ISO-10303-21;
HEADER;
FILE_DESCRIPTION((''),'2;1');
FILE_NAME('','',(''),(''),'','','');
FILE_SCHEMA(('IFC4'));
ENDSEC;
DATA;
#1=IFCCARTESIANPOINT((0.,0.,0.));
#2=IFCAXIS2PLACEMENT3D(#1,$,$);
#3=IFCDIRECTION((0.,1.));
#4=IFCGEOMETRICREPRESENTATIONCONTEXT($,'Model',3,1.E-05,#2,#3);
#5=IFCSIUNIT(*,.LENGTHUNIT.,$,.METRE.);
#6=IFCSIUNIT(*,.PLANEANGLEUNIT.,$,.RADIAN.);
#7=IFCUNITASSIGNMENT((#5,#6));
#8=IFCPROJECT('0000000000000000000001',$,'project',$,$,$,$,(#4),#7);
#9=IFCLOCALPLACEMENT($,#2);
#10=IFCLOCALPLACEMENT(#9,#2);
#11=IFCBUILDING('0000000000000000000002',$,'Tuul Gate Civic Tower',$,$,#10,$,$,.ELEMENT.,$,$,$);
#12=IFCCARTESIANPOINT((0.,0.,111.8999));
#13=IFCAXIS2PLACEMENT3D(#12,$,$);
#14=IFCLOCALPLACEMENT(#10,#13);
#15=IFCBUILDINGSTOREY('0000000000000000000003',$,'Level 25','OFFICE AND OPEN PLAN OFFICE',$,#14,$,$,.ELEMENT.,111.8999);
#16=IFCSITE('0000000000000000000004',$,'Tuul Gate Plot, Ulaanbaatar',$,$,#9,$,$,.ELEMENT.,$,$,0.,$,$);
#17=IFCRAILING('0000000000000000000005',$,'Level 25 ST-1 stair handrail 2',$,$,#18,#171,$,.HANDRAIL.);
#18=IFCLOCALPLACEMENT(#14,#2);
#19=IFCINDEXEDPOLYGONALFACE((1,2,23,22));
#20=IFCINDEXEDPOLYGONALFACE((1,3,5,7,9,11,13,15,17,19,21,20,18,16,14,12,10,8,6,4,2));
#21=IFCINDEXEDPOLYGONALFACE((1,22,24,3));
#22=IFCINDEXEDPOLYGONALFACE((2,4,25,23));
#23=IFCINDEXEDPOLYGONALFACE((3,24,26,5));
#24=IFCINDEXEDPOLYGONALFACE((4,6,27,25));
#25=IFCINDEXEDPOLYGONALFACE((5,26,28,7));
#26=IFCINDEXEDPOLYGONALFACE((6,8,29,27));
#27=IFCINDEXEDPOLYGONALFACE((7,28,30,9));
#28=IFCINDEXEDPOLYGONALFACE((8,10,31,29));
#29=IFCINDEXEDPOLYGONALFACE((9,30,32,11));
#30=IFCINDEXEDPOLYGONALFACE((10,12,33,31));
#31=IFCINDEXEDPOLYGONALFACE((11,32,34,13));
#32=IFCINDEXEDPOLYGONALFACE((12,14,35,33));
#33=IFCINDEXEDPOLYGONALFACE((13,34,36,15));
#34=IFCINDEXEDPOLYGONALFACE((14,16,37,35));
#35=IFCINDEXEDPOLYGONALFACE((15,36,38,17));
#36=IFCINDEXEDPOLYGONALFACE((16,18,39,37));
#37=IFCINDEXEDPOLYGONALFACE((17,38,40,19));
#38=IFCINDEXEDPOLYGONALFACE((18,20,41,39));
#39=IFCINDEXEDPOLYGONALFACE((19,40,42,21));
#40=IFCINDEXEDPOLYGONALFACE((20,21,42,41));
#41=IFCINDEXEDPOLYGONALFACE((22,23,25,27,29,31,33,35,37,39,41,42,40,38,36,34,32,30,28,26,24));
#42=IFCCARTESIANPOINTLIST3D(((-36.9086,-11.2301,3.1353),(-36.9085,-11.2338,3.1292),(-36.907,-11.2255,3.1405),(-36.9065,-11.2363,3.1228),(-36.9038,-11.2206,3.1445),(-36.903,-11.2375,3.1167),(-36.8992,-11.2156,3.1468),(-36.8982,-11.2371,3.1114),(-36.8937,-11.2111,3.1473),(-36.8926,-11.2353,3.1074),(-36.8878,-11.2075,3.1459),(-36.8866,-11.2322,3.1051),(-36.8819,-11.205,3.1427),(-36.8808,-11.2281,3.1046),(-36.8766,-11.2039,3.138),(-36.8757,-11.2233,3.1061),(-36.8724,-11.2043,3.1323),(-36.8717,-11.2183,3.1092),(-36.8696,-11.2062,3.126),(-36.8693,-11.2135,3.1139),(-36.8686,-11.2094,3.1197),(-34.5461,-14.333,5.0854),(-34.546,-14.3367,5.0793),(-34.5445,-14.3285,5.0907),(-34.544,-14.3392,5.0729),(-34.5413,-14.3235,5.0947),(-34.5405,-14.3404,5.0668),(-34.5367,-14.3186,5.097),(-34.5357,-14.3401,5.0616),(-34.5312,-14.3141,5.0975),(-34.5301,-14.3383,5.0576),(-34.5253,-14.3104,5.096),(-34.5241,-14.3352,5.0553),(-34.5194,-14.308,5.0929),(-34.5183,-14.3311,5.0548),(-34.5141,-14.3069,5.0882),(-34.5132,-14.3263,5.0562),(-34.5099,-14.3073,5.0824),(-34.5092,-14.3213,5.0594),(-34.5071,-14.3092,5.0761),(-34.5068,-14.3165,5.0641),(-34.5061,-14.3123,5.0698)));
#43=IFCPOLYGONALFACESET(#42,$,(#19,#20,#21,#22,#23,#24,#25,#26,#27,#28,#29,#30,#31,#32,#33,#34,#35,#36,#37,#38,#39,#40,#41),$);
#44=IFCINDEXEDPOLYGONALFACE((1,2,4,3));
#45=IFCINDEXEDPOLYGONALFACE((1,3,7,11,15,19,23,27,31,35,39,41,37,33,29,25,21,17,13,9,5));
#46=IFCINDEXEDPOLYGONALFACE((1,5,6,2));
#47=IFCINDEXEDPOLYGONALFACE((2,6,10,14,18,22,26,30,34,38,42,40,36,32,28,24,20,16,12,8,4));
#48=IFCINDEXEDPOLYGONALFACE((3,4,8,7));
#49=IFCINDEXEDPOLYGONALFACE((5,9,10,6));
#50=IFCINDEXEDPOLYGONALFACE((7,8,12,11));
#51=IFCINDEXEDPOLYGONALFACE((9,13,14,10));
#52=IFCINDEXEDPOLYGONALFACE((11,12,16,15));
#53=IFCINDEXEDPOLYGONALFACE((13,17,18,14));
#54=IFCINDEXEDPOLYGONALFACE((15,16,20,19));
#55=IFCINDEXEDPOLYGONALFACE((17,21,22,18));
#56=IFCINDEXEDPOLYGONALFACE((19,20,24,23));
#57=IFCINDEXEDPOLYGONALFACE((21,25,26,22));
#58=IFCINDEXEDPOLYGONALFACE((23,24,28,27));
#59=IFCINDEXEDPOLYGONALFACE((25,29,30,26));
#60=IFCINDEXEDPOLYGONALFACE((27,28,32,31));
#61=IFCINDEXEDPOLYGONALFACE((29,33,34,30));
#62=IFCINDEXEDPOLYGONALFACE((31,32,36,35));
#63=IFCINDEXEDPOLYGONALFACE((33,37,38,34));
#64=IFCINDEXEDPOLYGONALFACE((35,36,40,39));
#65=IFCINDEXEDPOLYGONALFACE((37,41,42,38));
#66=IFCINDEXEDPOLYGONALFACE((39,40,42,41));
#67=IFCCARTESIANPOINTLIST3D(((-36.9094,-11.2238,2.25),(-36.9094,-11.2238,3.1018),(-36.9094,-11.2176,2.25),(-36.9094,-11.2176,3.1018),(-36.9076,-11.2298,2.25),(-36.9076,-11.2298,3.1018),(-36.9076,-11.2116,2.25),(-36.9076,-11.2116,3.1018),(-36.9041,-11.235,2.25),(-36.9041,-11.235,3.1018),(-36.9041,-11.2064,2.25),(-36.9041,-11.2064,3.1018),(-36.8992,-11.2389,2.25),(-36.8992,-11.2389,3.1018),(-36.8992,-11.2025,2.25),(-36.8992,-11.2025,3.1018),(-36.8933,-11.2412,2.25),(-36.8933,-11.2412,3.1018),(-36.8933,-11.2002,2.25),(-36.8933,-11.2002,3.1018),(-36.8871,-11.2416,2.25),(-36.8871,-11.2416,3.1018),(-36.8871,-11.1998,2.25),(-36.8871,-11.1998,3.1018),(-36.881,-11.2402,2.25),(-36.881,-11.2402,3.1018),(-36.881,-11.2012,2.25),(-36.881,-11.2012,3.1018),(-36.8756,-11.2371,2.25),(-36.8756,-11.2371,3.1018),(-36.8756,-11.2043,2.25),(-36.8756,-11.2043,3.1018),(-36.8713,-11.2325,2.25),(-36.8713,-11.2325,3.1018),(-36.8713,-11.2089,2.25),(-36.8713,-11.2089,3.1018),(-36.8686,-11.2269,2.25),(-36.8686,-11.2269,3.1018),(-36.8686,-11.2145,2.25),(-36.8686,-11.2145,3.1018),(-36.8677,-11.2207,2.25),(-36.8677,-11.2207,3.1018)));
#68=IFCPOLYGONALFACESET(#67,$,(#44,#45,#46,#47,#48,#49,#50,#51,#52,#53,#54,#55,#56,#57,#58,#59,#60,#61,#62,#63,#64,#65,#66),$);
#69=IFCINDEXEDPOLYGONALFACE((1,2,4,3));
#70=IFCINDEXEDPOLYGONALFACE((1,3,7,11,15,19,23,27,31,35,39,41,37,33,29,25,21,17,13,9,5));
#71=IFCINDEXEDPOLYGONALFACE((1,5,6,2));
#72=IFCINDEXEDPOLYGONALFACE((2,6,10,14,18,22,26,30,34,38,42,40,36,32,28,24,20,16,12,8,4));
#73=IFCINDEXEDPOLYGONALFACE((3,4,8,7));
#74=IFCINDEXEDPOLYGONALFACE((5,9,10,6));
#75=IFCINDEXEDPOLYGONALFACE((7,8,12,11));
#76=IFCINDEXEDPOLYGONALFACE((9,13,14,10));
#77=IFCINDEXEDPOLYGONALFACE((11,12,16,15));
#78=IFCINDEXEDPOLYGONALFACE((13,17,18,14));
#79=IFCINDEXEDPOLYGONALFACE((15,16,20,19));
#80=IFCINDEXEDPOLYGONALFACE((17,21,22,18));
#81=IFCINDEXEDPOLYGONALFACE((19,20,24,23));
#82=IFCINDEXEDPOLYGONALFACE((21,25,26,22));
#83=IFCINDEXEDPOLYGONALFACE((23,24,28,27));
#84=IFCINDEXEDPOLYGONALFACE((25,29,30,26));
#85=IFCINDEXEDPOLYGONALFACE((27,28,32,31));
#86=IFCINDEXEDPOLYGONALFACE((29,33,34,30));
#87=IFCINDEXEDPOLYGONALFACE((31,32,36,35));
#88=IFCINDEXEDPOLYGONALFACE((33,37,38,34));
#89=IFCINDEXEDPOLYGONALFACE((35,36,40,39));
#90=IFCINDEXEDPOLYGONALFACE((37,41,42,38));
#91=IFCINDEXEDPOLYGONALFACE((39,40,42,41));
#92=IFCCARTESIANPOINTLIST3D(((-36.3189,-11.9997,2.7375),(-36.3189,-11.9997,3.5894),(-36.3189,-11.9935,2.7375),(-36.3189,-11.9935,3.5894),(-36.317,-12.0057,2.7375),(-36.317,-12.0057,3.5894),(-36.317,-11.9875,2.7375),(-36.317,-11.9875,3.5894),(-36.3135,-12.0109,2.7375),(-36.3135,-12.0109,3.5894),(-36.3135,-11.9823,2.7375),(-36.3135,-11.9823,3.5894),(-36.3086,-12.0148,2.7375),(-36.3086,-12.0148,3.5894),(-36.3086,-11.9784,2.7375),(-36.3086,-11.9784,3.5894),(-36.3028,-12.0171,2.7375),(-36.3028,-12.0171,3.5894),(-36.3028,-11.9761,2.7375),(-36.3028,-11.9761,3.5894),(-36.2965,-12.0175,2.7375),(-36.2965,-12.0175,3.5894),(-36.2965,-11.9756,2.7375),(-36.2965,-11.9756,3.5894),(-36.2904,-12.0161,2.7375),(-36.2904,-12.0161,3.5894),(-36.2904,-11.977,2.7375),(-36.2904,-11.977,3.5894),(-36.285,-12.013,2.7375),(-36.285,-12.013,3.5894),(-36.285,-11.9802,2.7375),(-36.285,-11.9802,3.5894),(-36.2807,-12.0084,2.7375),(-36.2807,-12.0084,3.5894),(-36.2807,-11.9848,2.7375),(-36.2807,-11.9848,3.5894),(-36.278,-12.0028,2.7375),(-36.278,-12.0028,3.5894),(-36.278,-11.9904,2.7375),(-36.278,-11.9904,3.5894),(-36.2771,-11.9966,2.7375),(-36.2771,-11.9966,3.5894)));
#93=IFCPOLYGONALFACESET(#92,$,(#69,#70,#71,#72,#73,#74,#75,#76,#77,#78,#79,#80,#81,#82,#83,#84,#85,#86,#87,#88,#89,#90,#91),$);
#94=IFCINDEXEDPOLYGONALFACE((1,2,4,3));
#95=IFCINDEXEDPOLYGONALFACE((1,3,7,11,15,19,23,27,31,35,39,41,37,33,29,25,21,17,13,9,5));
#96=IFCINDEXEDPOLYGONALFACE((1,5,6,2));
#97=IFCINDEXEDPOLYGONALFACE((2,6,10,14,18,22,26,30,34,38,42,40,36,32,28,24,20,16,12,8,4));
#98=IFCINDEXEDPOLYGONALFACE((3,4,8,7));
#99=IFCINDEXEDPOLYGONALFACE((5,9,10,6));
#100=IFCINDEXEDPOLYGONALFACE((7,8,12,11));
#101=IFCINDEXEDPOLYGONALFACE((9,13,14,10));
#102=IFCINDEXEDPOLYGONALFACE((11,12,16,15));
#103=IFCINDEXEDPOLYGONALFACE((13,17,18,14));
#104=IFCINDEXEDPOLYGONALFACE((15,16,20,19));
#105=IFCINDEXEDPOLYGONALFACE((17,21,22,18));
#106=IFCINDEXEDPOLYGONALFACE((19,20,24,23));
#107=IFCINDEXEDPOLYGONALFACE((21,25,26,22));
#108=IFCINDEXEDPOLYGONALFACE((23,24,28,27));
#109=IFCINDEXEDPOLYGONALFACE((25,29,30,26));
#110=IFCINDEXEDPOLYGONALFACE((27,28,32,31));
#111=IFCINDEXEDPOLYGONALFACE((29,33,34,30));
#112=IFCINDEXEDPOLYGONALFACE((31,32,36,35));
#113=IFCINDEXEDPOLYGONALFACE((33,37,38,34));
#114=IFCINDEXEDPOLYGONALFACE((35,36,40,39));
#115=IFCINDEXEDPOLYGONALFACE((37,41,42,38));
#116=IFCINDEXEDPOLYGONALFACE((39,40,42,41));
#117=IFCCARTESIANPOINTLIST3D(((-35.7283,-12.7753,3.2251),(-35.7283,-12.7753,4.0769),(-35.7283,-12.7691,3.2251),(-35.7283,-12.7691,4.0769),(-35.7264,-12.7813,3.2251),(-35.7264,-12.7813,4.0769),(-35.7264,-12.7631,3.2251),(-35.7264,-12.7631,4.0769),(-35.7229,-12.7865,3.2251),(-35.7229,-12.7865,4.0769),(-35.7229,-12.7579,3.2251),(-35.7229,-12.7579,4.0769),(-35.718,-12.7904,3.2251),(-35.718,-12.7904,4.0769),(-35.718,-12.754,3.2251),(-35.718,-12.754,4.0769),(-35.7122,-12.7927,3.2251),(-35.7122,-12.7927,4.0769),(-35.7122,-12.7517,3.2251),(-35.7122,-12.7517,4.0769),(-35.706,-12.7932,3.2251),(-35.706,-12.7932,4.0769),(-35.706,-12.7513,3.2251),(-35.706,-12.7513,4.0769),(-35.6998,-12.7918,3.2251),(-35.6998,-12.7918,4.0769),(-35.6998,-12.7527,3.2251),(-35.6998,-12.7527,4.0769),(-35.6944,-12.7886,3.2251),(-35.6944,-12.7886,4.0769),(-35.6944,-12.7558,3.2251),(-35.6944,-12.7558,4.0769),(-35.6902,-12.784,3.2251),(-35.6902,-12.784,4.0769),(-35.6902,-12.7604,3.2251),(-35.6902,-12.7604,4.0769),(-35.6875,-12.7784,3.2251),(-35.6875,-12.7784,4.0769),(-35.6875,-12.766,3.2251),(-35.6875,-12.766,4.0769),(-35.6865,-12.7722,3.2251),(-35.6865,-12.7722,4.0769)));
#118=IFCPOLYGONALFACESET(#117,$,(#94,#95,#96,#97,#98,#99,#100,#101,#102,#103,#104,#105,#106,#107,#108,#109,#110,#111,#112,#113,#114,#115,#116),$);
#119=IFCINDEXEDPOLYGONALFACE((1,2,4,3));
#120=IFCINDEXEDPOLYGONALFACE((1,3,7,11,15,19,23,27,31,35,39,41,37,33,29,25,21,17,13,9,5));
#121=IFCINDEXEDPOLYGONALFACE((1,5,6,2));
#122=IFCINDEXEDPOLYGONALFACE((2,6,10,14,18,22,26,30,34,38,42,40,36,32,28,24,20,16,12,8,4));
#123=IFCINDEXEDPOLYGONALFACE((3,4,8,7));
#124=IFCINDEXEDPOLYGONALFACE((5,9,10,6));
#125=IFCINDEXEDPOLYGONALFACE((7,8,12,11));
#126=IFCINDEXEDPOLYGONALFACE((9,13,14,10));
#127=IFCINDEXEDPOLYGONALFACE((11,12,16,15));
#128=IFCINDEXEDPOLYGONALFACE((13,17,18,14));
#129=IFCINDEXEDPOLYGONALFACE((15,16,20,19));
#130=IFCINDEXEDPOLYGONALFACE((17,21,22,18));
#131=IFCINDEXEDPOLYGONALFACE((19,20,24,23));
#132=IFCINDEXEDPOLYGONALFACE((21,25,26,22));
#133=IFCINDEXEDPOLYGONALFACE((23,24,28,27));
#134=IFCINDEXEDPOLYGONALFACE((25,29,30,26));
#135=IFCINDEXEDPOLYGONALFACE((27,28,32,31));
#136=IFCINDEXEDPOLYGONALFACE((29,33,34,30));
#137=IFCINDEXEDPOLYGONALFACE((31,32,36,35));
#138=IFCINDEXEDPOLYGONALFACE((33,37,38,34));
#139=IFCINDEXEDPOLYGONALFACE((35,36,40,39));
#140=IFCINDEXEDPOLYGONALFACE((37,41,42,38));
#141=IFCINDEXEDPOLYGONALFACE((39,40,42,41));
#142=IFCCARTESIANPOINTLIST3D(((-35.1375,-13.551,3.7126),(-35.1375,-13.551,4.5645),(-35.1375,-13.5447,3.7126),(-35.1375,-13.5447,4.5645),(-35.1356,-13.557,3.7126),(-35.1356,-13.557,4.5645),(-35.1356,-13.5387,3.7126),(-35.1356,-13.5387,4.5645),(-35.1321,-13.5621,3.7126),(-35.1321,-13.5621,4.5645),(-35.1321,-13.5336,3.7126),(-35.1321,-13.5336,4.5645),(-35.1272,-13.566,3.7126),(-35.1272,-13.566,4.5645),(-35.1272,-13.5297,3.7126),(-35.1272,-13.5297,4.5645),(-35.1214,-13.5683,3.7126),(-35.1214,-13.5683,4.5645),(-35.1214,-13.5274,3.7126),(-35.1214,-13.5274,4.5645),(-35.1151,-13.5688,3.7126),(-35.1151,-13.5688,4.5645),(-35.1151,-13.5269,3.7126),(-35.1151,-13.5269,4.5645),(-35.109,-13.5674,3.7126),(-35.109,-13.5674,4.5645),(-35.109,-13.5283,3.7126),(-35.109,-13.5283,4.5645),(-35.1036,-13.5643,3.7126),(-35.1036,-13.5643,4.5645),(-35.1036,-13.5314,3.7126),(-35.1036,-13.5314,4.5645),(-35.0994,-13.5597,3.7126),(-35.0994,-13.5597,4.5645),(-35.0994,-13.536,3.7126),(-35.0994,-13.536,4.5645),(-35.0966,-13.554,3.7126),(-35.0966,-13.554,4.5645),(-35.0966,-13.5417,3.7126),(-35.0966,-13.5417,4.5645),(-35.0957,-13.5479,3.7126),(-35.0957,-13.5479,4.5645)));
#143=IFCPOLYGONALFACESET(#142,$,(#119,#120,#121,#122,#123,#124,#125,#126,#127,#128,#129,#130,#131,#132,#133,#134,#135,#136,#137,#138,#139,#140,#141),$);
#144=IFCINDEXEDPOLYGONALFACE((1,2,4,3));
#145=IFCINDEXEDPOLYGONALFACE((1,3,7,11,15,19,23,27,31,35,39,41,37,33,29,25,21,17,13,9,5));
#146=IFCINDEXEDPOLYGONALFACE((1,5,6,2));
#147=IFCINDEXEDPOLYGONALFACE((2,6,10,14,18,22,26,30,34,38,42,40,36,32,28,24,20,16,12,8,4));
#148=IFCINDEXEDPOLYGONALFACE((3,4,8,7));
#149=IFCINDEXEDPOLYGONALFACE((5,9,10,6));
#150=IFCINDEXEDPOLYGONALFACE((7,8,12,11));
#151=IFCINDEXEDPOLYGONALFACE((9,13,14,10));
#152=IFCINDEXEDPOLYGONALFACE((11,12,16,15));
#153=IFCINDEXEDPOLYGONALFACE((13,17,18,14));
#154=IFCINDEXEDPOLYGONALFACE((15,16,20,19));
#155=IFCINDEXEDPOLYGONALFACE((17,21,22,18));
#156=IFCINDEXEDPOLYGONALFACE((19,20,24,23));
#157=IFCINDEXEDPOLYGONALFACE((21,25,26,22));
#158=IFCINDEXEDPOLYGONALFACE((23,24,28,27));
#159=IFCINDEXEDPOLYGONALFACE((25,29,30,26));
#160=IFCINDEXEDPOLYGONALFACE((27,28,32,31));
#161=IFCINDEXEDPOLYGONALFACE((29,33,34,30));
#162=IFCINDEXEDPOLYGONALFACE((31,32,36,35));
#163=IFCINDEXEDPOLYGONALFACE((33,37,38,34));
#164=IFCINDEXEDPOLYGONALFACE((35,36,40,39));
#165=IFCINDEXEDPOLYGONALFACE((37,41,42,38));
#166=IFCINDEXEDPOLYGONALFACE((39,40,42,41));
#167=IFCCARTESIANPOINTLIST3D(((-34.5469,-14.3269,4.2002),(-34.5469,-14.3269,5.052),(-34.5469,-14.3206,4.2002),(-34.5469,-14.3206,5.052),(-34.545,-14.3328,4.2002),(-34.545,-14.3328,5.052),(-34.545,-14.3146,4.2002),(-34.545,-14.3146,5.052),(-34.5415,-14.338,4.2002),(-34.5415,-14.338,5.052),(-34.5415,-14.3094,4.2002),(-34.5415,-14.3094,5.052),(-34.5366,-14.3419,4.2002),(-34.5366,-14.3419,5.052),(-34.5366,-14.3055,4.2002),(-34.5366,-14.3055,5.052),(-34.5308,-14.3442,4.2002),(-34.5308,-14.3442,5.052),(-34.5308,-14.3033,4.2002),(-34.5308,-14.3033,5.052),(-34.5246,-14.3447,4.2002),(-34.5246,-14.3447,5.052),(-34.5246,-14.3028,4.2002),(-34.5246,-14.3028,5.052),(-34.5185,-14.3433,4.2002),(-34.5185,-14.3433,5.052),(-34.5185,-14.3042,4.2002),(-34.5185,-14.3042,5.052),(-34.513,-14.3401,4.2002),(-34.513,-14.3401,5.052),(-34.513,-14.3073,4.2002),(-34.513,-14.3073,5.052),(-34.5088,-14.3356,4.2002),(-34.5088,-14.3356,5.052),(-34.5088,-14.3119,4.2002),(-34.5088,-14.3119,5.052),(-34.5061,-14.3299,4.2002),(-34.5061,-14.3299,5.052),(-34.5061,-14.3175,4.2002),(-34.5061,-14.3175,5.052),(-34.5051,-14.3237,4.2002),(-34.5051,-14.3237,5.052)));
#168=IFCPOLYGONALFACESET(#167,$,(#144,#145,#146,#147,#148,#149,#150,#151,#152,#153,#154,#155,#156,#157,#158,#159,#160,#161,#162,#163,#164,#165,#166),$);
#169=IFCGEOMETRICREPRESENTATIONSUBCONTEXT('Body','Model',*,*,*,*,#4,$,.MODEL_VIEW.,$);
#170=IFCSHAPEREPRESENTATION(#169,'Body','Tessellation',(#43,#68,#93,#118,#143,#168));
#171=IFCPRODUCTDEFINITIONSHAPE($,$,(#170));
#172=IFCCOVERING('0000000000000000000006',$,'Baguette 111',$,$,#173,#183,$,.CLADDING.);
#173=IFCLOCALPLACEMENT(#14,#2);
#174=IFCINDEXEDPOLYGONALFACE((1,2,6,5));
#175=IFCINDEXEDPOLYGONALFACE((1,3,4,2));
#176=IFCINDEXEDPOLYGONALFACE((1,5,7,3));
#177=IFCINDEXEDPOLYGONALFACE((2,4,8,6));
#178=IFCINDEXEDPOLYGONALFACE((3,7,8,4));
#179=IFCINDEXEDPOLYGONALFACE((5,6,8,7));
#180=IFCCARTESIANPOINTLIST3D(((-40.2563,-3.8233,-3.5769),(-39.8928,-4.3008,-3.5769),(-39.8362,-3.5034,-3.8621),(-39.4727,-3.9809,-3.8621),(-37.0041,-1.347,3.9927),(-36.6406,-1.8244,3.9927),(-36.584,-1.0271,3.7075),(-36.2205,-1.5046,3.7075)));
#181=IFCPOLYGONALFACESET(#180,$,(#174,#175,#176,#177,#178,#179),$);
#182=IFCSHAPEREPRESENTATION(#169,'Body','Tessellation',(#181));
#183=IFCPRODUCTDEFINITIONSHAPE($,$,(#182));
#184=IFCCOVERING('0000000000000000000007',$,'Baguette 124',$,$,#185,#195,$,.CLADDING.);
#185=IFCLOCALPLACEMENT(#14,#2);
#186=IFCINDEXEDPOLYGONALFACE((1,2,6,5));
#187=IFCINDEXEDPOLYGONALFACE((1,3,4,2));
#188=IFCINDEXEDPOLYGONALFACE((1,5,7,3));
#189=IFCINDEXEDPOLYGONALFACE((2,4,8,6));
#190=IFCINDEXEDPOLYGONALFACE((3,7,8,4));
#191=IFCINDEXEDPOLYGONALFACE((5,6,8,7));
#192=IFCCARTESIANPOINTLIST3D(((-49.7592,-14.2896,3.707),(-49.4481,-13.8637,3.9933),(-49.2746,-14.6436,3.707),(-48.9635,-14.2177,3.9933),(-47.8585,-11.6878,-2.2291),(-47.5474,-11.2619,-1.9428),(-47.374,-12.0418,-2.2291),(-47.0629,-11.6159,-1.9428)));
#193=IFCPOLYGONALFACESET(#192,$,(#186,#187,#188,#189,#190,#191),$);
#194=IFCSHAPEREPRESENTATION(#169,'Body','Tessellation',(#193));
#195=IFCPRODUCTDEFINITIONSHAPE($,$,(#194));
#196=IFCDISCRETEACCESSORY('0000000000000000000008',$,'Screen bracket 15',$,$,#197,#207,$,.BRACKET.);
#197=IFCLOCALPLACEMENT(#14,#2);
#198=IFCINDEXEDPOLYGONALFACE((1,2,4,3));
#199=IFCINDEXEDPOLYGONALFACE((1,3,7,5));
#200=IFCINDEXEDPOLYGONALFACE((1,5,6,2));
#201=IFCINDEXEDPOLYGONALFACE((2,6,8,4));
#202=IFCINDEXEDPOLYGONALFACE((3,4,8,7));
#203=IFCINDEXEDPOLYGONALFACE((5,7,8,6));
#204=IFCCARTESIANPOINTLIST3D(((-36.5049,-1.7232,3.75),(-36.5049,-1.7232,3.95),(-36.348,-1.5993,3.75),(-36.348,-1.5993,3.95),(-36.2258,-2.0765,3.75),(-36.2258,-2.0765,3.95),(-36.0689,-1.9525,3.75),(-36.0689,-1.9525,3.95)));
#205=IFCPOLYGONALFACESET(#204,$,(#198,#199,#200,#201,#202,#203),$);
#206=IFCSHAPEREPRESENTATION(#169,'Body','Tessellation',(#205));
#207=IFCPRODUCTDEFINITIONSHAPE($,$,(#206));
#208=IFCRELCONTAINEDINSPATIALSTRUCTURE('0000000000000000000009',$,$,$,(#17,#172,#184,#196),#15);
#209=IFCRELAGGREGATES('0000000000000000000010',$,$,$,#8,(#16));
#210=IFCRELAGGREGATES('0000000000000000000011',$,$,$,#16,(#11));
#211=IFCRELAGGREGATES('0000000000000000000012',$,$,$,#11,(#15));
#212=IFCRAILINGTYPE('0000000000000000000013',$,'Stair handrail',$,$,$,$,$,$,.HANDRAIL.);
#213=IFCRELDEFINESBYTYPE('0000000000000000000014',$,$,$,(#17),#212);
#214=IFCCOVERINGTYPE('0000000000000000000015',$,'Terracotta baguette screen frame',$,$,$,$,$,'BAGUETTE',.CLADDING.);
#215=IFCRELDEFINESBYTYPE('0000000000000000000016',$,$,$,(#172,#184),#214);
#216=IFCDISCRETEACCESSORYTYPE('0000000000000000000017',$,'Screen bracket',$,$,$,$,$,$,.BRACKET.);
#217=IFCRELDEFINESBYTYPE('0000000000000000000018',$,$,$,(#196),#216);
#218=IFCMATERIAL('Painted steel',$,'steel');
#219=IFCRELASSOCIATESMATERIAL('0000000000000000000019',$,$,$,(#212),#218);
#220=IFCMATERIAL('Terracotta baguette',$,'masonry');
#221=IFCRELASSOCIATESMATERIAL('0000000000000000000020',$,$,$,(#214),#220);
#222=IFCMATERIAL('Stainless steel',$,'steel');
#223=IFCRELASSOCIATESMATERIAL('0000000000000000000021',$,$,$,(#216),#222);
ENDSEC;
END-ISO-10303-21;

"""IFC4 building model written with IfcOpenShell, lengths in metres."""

from ifc_helpers import new_model, si_unit, direction, frame, origin, origin_2d, place, context, subcontext, project, spatial, rectangle, circle, extrude, material, material_profile, profile_set, type_object, element, save


model = new_model("IFC4")

# Units and contexts
model_context = context("Model", 3, precision=1e-05, world=origin(), true_north=direction((0.0, 1.0)))
body_context = subcontext(model_context, "Body", "Model", "MODEL_VIEW")
ifc_project = project(units=[si_unit("LENGTHUNIT", "METRE"), si_unit("PLANEANGLEUNIT", "RADIAN")], contexts=[model_context])

# Site, building, storey
site_placement = place(None, origin())
site = spatial("IfcSite", under=ifc_project, at=site_placement, Name="Tuul Gate Plot, Ulaanbaatar", CompositionType="ELEMENT", RefElevation=0.0)
building_placement = place(site_placement, origin())
building = spatial("IfcBuilding", under=site, at=building_placement, Name="Tuul Gate Civic Tower", CompositionType="ELEMENT")
storey_placement = place(building_placement, frame((0.0, 0.0, 111.8999)))
storey = spatial("IfcBuildingStorey", under=building, at=storey_placement, Name="Level 25", Description="OFFICE AND OPEN PLAN OFFICE", CompositionType="ELEMENT", Elevation=111.8999)

# Railing
ifc_material_1 = material(Name="Painted steel", Category="steel")
railing_type = type_object("IfcRailingType", Name="Stair handrail", PredefinedType="HANDRAIL", material=ifc_material_1)
railing_placement = place(storey_placement, frame((-36.8887, -11.2207, 2.25)))
element("IfcRailing", 1, at=railing_placement, inside=storey, type_object=railing_type, Name="Level 25 ST-1 stair handrail 2", PredefinedType="HANDRAIL", context=body_context, shape_type="SweptSolid", body=[
    extrude(circle(Radius=0.0239, at=origin_2d()), frame((0.0, 0.0, 0.876), z_axis=(0.541811, -0.711627, 0.447245), x_axis=(0.795637, 0.605773, 0.0)), (0.0, 0.0, 1.0), 4.3604),
    extrude(circle(Radius=0.021, at=origin_2d()), origin(), (0.0, 0.0, 1.0), 0.8518),
    extrude(circle(Radius=0.021, at=origin_2d()), frame((0.5906, -0.7759, 0.4875)), (0.0, 0.0, 1.0), 0.8518),
    extrude(circle(Radius=0.021, at=origin_2d()), frame((1.1812, -1.5515, 0.9751)), (0.0, 0.0, 1.0), 0.8518),
    extrude(circle(Radius=0.021, at=origin_2d()), frame((1.772, -2.3271, 1.4626)), (0.0, 0.0, 1.0), 0.8518),
    extrude(circle(Radius=0.021, at=origin_2d()), frame((2.3625, -3.103, 1.9502)), (0.0, 0.0, 1.0), 0.8518),
])

# Coverings
ifc_material_2 = material(Name="Terracotta baguette", Category="masonry")
ifc_material_profile_1 = material_profile(ifc_material_2, rectangle(XDim=0.6001, YDim=0.6001, at=origin_2d()), Name="Terracotta baguette screen frame")
ifc_profile_set_1 = profile_set([ifc_material_profile_1], Name="Terracotta baguette")
covering_type = type_object("IfcCoveringType", Name="Terracotta baguette screen frame", ElementType="BAGUETTE", PredefinedType="CLADDING", material=ifc_profile_set_1)
covering_1_placement = place(storey_placement, frame((-36.6123, -1.4258, 3.8501), z_axis=(-0.378041, -0.287852, -0.879901), x_axis=(0.605804, -0.795614, 0.0)))
element("IfcCovering", 2, at=covering_1_placement, inside=storey, type_object=covering_type, Name="Baguette 111", PredefinedType="CLADDING", context=body_context, shape_type="SweptSolid", body=[
    extrude(rectangle(XDim=0.6001, YDim=0.6001, at=origin_2d()), origin(), (0.0, 0.0, 1.0), 8.6028),
])
covering_2_placement = place(storey_placement, frame((-47.4607, -11.6519, -2.0859), z_axis=(-0.281403, -0.385217, 0.878874), x_axis=(0.807492, -0.589878, 0.0)))
element("IfcCovering", 3, at=covering_2_placement, inside=storey, type_object=covering_type, Name="Baguette 124", PredefinedType="CLADDING", context=body_context, shape_type="SweptSolid", body=[
    extrude(rectangle(XDim=0.6001, YDim=0.6001, at=origin_2d()), origin(), (0.0, 0.0, 1.0), 6.7542),
])

# Discrete accessory
ifc_material_3 = material(Name="Stainless steel", Category="steel")
discrete_accessory_type = type_object("IfcDiscreteAccessoryType", Name="Screen bracket", PredefinedType="BRACKET", material=ifc_material_3)
discrete_accessory_placement = place(storey_placement, frame((-36.2869, -1.8379, 3.75), z_axis=(0.0, 0.0, 1.0), x_axis=(-0.619921, 0.784664, 0.0)))
element("IfcDiscreteAccessory", 4, at=discrete_accessory_placement, inside=storey, type_object=discrete_accessory_type, Name="Screen bracket 15", PredefinedType="BRACKET", context=body_context, shape_type="SweptSolid", body=[
    extrude(rectangle(XDim=0.4502, YDim=0.2, at=origin_2d()), origin(), (0.0, 0.0, 1.0), 0.2),
])

save(model, "model.ifc")
